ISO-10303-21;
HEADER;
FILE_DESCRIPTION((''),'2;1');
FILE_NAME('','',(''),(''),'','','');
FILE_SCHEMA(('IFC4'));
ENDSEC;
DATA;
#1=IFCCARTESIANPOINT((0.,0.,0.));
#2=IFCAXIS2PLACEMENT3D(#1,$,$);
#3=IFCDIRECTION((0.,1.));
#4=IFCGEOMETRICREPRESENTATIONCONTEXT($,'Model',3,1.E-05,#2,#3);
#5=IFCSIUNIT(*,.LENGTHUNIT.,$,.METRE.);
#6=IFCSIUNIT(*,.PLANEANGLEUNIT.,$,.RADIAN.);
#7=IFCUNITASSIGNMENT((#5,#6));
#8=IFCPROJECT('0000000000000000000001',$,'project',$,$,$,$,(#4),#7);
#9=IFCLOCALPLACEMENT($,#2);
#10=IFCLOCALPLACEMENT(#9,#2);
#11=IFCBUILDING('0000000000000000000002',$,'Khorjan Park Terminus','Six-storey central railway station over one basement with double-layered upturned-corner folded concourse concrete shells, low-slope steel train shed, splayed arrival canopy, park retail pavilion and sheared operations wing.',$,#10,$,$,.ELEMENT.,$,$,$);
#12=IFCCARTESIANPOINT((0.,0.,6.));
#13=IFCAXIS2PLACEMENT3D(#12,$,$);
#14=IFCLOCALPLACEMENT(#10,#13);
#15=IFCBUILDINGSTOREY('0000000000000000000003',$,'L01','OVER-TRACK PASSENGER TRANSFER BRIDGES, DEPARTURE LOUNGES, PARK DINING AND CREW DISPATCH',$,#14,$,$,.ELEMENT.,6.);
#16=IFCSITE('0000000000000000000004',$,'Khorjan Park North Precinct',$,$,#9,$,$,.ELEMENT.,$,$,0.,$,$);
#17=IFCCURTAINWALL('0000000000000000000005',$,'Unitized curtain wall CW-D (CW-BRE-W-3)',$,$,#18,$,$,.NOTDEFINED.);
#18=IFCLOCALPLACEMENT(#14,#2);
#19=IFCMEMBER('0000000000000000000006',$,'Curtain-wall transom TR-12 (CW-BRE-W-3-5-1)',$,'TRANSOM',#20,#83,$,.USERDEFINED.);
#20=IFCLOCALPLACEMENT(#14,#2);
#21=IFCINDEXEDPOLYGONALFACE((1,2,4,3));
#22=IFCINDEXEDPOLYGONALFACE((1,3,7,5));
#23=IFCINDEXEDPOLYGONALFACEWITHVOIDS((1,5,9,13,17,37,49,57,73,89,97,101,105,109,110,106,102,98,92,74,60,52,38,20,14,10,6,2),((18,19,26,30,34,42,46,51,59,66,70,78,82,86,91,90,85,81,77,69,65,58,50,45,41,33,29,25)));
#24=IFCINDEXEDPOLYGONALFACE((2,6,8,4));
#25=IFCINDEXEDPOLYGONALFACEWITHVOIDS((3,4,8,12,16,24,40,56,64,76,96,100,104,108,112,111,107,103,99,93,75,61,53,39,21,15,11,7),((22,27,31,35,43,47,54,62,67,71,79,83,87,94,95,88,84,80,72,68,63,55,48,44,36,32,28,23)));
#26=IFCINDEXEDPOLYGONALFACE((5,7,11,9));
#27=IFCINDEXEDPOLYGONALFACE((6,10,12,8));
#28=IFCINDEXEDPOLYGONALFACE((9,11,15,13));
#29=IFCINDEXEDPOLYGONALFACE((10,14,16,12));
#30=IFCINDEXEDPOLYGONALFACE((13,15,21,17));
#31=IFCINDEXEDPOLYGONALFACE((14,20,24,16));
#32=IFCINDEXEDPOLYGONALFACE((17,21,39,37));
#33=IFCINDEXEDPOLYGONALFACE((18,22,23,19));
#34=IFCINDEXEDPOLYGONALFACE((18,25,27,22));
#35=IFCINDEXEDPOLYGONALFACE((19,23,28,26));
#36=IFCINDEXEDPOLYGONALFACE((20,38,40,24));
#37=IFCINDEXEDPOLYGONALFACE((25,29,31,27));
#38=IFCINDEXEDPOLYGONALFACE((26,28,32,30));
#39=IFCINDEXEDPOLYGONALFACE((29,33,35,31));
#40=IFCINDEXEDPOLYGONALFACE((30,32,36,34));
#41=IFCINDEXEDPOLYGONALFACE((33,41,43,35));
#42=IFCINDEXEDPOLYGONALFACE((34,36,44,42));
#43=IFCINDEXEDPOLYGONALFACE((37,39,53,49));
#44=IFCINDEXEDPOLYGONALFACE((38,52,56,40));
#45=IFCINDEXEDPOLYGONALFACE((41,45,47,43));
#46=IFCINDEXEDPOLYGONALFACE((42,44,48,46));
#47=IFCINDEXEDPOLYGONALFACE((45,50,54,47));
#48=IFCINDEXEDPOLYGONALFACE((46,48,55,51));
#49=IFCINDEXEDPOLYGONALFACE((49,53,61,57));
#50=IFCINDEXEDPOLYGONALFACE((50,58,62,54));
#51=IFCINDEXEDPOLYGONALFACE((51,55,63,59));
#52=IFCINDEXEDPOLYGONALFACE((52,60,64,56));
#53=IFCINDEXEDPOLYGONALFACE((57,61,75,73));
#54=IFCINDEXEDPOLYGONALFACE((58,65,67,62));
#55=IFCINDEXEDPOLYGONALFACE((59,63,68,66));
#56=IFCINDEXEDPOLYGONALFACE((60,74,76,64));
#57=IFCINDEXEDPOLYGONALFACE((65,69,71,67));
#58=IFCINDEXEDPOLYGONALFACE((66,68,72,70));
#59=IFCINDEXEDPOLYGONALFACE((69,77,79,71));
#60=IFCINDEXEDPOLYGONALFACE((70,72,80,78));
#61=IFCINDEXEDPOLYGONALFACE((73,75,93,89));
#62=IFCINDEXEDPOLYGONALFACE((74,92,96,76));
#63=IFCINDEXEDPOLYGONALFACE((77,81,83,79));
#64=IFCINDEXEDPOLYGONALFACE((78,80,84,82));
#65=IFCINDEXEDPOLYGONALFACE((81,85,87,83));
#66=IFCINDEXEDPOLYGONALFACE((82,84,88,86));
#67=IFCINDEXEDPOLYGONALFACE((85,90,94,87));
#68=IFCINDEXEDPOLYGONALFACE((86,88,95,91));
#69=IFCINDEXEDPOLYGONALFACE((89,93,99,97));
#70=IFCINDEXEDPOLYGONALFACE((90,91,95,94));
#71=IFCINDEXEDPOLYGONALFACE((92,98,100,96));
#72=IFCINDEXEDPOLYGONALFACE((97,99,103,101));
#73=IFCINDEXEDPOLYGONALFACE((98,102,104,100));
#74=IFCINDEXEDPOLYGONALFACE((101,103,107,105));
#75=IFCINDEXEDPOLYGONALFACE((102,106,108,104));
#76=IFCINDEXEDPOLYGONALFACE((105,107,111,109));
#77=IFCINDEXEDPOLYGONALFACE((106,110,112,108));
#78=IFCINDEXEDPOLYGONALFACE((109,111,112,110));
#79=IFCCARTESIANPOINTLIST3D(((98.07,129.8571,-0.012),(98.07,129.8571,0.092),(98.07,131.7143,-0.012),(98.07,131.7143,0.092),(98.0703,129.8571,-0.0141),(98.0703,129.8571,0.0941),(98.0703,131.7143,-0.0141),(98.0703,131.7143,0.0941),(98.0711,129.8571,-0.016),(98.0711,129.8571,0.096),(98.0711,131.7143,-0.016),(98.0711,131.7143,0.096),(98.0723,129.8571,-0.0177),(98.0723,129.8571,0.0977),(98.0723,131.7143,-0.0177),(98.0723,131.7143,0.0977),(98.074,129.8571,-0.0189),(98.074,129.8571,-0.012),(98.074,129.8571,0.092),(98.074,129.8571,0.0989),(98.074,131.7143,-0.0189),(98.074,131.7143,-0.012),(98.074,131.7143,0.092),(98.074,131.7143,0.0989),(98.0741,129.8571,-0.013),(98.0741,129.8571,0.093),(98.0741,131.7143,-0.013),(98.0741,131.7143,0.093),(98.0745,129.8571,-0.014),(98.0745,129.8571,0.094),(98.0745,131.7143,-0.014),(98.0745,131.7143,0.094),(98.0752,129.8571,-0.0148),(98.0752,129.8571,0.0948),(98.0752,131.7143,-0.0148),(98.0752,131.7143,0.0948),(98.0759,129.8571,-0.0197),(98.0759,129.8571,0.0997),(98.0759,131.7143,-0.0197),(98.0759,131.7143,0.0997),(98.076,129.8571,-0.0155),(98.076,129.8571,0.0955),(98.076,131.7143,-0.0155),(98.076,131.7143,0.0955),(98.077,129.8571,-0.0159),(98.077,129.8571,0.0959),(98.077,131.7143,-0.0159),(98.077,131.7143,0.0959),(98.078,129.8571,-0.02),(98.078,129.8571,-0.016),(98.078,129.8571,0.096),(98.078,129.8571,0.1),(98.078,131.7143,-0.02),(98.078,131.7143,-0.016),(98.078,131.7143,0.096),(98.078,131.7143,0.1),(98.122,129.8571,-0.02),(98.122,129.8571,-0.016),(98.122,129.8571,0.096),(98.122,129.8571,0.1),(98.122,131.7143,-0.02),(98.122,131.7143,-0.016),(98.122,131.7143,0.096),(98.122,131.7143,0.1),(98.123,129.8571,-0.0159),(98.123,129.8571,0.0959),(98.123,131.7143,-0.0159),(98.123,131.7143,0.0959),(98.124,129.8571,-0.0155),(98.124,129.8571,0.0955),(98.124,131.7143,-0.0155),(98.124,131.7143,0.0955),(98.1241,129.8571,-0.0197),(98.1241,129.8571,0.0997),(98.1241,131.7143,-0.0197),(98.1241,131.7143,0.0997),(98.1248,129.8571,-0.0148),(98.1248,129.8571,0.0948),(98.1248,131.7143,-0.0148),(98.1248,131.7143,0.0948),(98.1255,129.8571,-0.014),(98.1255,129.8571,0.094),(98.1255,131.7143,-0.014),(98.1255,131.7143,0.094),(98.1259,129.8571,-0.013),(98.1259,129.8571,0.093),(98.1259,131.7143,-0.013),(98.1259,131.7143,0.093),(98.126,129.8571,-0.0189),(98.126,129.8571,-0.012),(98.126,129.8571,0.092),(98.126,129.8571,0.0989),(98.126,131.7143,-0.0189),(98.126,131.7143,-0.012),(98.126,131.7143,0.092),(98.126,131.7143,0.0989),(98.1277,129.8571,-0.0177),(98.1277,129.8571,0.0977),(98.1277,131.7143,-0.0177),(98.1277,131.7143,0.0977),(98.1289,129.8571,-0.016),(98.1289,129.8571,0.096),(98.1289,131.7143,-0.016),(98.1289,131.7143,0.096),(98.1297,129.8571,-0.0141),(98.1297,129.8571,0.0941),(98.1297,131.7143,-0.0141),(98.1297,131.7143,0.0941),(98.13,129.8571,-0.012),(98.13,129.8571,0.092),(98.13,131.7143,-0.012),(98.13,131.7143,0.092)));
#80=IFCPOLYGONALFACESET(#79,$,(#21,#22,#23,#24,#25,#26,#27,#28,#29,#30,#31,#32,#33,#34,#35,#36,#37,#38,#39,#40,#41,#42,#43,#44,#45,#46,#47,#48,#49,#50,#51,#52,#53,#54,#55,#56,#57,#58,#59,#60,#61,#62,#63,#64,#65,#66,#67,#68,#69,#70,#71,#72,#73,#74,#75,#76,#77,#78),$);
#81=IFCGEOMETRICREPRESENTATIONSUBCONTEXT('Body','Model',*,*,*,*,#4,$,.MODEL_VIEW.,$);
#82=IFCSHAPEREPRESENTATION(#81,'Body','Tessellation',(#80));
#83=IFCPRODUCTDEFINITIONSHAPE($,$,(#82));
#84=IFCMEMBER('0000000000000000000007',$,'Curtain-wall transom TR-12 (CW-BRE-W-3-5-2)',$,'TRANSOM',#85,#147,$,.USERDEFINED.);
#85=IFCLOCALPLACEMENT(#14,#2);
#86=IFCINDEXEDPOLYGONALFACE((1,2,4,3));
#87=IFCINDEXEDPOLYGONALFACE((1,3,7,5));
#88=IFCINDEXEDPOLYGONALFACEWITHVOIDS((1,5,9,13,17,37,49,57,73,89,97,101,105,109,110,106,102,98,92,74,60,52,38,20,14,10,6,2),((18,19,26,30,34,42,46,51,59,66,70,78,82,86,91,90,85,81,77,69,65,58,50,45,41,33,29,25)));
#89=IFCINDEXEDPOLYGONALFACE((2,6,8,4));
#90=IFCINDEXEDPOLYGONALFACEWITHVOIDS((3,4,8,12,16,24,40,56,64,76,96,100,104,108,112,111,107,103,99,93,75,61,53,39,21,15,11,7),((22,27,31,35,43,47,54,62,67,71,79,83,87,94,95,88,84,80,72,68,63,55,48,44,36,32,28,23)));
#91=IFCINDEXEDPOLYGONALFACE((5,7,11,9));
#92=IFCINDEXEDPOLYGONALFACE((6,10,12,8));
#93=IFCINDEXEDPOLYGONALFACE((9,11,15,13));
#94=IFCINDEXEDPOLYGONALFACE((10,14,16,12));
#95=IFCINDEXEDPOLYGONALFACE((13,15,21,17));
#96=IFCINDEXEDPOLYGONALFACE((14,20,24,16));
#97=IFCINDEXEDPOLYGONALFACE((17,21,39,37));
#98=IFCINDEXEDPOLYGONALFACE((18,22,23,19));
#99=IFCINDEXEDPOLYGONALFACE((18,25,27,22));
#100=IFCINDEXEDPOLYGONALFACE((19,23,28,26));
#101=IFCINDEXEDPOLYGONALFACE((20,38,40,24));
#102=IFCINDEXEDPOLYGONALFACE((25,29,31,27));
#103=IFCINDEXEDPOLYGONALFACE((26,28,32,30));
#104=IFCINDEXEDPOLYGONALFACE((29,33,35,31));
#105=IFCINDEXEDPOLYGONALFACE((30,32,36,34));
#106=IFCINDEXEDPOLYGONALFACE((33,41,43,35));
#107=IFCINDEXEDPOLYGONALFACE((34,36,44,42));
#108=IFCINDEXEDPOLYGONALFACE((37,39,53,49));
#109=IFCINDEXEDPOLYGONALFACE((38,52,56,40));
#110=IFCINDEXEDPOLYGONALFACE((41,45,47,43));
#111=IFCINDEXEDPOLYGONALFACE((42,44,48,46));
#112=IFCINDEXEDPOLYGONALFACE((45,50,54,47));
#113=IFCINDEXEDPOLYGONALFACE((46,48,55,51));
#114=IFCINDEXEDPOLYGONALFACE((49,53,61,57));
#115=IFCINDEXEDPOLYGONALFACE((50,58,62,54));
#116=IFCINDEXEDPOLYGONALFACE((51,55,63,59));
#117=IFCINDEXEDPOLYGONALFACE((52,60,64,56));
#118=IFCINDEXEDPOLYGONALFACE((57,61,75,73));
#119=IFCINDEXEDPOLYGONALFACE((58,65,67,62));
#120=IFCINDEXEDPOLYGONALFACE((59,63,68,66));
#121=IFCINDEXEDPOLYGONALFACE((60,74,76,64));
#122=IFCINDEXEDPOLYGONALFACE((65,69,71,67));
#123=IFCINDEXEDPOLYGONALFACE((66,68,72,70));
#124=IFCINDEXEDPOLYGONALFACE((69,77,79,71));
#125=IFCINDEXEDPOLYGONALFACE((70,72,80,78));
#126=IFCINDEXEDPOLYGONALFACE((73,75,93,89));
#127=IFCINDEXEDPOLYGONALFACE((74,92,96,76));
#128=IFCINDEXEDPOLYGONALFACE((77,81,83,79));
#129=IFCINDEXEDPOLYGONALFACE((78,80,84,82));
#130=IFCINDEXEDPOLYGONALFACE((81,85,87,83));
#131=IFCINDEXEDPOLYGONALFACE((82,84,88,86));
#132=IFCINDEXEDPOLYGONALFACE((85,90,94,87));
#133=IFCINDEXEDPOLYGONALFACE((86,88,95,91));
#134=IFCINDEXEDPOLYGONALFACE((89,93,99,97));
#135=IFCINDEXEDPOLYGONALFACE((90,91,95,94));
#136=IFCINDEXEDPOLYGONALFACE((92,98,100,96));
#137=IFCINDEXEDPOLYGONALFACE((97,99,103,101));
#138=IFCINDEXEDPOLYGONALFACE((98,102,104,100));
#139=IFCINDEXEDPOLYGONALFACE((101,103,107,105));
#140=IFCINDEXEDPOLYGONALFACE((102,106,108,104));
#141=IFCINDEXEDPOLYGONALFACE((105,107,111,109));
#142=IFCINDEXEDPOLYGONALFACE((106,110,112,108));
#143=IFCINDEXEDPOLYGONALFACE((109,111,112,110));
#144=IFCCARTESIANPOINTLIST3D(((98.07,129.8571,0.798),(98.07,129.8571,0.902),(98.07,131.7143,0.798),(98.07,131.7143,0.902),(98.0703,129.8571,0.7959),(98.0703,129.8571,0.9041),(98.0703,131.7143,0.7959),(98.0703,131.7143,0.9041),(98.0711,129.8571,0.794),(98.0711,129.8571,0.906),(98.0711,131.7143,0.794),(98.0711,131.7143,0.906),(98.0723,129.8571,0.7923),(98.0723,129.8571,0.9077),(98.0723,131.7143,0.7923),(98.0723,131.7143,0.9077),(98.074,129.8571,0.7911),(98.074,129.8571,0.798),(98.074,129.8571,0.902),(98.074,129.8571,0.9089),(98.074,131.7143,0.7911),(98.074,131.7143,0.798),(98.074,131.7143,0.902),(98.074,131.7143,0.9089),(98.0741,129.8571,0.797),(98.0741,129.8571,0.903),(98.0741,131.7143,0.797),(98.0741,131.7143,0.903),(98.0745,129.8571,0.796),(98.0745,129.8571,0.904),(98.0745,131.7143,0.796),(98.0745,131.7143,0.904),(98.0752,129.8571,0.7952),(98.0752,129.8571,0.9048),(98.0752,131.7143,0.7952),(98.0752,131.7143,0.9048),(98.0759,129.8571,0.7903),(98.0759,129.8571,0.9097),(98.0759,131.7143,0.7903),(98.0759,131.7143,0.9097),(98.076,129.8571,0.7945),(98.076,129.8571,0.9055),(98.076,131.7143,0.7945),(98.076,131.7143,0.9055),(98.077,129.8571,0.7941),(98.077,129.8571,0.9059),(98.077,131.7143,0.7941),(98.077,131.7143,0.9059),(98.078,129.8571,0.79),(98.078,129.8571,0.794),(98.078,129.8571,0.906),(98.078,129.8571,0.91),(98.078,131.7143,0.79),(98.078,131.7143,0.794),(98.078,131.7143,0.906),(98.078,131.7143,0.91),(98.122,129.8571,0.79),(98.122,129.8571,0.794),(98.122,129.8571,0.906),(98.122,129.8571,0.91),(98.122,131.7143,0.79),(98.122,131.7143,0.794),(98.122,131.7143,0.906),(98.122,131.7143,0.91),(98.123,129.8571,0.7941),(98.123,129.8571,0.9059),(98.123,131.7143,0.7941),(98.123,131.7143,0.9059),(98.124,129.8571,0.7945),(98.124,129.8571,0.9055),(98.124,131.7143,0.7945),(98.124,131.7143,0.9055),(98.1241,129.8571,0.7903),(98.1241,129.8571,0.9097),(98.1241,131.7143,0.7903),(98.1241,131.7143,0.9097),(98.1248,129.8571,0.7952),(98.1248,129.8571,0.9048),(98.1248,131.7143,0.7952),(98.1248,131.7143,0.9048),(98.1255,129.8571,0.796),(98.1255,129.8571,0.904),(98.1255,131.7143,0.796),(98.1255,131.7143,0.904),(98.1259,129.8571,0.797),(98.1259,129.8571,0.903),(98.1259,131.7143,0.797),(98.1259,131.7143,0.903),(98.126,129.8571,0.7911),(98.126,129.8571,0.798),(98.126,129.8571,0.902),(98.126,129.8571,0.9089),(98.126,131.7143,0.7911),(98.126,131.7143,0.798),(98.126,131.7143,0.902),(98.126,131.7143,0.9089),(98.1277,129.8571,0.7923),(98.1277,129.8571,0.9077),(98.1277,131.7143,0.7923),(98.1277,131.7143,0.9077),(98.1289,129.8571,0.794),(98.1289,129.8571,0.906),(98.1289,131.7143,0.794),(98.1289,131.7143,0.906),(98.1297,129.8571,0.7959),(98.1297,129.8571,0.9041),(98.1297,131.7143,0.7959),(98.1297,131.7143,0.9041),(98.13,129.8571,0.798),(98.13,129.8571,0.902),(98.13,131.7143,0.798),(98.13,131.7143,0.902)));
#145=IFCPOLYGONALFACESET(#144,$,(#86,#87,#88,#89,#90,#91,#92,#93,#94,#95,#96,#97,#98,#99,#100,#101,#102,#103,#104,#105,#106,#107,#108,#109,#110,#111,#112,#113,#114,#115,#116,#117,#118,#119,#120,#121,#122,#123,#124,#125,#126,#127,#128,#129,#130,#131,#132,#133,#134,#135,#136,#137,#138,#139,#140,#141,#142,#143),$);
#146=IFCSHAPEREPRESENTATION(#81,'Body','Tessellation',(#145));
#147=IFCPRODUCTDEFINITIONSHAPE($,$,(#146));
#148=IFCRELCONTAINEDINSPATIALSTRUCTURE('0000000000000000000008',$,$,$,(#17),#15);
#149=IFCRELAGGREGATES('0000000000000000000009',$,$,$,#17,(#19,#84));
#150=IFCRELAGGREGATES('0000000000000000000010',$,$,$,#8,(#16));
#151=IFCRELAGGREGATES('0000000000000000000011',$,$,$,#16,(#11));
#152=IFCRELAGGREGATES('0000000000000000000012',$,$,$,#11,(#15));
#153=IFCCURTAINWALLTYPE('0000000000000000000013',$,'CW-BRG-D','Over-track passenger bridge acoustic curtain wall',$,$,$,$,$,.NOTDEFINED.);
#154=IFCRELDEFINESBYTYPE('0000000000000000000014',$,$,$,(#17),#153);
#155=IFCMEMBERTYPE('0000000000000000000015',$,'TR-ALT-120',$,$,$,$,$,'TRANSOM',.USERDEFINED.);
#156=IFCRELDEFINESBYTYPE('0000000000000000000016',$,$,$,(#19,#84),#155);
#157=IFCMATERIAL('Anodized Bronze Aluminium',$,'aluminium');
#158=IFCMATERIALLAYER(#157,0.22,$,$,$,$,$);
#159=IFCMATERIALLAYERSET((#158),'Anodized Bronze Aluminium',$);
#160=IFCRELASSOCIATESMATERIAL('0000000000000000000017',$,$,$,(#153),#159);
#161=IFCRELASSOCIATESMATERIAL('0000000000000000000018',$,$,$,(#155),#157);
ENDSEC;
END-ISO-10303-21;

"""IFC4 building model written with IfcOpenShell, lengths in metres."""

from ifc_helpers import new_model, si_unit, direction, frame, origin, origin_2d, place, context, subcontext, project, spatial, hollow_rectangle, extrude, material, layer, layer_set, material_profile, profile_set, type_object, element, aggregate, save


model = new_model("IFC4")

# Units and contexts
model_context = context("Model", 3, precision=1e-05, world=origin(), true_north=direction((0.0, 1.0)))
body_context = subcontext(model_context, "Body", "Model", "MODEL_VIEW")
ifc_project = project(units=[si_unit("LENGTHUNIT", "METRE"), si_unit("PLANEANGLEUNIT", "RADIAN")], contexts=[model_context])

# Site, building, storey
site_placement = place(None, origin())
site = spatial("IfcSite", under=ifc_project, at=site_placement, Name="Khorjan Park North Precinct", CompositionType="ELEMENT", RefElevation=0.0)
building_placement = place(site_placement, origin())
building = spatial("IfcBuilding", under=site, at=building_placement, Name="Khorjan Park Terminus", Description="Six-storey central railway station over one basement with double-layered upturned-corner folded concourse concrete shells, low-slope steel train shed, splayed arrival canopy, park retail pavilion and sheared operations wing.", CompositionType="ELEMENT")
storey_placement = place(building_placement, frame((0.0, 0.0, 6.0)))
storey = spatial("IfcBuildingStorey", under=building, at=storey_placement, Name="L01", Description="OVER-TRACK PASSENGER TRANSFER BRIDGES, DEPARTURE LOUNGES, PARK DINING AND CREW DISPATCH", CompositionType="ELEMENT", Elevation=6.0)

# Shared definitions
ifc_material_1 = material(Name="Anodized Bronze Aluminium", Category="aluminium")
ifc_layer_1 = layer(ifc_material_1, 0.22)
ifc_layer_set_1 = layer_set([ifc_layer_1], Name="Anodized Bronze Aluminium")
curtain_wall_type = type_object("IfcCurtainWallType", Name="CW-BRG-D", Description="Over-track passenger bridge acoustic curtain wall", PredefinedType="NOTDEFINED", material=ifc_layer_set_1)

# Curtain wall
curtain_wall_1_placement = place(storey_placement, origin())
curtain_wall_1 = element("IfcCurtainWall", 1, at=curtain_wall_1_placement, inside=storey, type_object=curtain_wall_type, Name="Unitized curtain wall CW-D (CW-BRE-W-3)", PredefinedType="NOTDEFINED")

# Members
ifc_material_profile_1 = material_profile(ifc_material_1, hollow_rectangle(XDim=0.06, YDim=0.12, WallThickness=0.004, InnerFilletRadius=0.004, OuterFilletRadius=0.008, at=origin_2d()), Name="ALT 60x120x4")
ifc_profile_set_1 = profile_set([ifc_material_profile_1], Name="Anodized Bronze Aluminium")
member_type_1 = type_object("IfcMemberType", Name="TR-ALT-120", ElementType="TRANSOM", PredefinedType="USERDEFINED", material=ifc_profile_set_1)
member_1_placement = place(storey_placement, frame((98.1, 131.7143, 0.04), z_axis=(0.0, -1.0, 0.0), x_axis=(1.0, 0.0, 0.0)))
member_1 = element("IfcMember", 2, at=member_1_placement, type_object=member_type_1, Name="Curtain-wall transom TR-12 (CW-BRE-W-3-5-1)", ObjectType="TRANSOM", PredefinedType="USERDEFINED", context=body_context, shape_type="SweptSolid", body=[
    extrude(hollow_rectangle(XDim=0.06, YDim=0.12, WallThickness=0.004, InnerFilletRadius=0.004, OuterFilletRadius=0.008, at=origin_2d()), origin(), (0.0, 0.0, 1.0), 1.8572),
])
member_2_placement = place(storey_placement, frame((98.1, 131.7143, 0.85), z_axis=(0.0, -1.0, 0.0), x_axis=(1.0, 0.0, 0.0)))
member_2 = element("IfcMember", 3, at=member_2_placement, type_object=member_type_1, Name="Curtain-wall transom TR-12 (CW-BRE-W-3-5-2)", ObjectType="TRANSOM", PredefinedType="USERDEFINED", context=body_context, shape_type="SweptSolid", body=[
    extrude(hollow_rectangle(XDim=0.06, YDim=0.12, WallThickness=0.004, InnerFilletRadius=0.004, OuterFilletRadius=0.008, at=origin_2d()), origin(), (0.0, 0.0, 1.0), 1.8572),
])

aggregate(curtain_wall_1, [member_1, member_2])

save(model, "model.ifc")
